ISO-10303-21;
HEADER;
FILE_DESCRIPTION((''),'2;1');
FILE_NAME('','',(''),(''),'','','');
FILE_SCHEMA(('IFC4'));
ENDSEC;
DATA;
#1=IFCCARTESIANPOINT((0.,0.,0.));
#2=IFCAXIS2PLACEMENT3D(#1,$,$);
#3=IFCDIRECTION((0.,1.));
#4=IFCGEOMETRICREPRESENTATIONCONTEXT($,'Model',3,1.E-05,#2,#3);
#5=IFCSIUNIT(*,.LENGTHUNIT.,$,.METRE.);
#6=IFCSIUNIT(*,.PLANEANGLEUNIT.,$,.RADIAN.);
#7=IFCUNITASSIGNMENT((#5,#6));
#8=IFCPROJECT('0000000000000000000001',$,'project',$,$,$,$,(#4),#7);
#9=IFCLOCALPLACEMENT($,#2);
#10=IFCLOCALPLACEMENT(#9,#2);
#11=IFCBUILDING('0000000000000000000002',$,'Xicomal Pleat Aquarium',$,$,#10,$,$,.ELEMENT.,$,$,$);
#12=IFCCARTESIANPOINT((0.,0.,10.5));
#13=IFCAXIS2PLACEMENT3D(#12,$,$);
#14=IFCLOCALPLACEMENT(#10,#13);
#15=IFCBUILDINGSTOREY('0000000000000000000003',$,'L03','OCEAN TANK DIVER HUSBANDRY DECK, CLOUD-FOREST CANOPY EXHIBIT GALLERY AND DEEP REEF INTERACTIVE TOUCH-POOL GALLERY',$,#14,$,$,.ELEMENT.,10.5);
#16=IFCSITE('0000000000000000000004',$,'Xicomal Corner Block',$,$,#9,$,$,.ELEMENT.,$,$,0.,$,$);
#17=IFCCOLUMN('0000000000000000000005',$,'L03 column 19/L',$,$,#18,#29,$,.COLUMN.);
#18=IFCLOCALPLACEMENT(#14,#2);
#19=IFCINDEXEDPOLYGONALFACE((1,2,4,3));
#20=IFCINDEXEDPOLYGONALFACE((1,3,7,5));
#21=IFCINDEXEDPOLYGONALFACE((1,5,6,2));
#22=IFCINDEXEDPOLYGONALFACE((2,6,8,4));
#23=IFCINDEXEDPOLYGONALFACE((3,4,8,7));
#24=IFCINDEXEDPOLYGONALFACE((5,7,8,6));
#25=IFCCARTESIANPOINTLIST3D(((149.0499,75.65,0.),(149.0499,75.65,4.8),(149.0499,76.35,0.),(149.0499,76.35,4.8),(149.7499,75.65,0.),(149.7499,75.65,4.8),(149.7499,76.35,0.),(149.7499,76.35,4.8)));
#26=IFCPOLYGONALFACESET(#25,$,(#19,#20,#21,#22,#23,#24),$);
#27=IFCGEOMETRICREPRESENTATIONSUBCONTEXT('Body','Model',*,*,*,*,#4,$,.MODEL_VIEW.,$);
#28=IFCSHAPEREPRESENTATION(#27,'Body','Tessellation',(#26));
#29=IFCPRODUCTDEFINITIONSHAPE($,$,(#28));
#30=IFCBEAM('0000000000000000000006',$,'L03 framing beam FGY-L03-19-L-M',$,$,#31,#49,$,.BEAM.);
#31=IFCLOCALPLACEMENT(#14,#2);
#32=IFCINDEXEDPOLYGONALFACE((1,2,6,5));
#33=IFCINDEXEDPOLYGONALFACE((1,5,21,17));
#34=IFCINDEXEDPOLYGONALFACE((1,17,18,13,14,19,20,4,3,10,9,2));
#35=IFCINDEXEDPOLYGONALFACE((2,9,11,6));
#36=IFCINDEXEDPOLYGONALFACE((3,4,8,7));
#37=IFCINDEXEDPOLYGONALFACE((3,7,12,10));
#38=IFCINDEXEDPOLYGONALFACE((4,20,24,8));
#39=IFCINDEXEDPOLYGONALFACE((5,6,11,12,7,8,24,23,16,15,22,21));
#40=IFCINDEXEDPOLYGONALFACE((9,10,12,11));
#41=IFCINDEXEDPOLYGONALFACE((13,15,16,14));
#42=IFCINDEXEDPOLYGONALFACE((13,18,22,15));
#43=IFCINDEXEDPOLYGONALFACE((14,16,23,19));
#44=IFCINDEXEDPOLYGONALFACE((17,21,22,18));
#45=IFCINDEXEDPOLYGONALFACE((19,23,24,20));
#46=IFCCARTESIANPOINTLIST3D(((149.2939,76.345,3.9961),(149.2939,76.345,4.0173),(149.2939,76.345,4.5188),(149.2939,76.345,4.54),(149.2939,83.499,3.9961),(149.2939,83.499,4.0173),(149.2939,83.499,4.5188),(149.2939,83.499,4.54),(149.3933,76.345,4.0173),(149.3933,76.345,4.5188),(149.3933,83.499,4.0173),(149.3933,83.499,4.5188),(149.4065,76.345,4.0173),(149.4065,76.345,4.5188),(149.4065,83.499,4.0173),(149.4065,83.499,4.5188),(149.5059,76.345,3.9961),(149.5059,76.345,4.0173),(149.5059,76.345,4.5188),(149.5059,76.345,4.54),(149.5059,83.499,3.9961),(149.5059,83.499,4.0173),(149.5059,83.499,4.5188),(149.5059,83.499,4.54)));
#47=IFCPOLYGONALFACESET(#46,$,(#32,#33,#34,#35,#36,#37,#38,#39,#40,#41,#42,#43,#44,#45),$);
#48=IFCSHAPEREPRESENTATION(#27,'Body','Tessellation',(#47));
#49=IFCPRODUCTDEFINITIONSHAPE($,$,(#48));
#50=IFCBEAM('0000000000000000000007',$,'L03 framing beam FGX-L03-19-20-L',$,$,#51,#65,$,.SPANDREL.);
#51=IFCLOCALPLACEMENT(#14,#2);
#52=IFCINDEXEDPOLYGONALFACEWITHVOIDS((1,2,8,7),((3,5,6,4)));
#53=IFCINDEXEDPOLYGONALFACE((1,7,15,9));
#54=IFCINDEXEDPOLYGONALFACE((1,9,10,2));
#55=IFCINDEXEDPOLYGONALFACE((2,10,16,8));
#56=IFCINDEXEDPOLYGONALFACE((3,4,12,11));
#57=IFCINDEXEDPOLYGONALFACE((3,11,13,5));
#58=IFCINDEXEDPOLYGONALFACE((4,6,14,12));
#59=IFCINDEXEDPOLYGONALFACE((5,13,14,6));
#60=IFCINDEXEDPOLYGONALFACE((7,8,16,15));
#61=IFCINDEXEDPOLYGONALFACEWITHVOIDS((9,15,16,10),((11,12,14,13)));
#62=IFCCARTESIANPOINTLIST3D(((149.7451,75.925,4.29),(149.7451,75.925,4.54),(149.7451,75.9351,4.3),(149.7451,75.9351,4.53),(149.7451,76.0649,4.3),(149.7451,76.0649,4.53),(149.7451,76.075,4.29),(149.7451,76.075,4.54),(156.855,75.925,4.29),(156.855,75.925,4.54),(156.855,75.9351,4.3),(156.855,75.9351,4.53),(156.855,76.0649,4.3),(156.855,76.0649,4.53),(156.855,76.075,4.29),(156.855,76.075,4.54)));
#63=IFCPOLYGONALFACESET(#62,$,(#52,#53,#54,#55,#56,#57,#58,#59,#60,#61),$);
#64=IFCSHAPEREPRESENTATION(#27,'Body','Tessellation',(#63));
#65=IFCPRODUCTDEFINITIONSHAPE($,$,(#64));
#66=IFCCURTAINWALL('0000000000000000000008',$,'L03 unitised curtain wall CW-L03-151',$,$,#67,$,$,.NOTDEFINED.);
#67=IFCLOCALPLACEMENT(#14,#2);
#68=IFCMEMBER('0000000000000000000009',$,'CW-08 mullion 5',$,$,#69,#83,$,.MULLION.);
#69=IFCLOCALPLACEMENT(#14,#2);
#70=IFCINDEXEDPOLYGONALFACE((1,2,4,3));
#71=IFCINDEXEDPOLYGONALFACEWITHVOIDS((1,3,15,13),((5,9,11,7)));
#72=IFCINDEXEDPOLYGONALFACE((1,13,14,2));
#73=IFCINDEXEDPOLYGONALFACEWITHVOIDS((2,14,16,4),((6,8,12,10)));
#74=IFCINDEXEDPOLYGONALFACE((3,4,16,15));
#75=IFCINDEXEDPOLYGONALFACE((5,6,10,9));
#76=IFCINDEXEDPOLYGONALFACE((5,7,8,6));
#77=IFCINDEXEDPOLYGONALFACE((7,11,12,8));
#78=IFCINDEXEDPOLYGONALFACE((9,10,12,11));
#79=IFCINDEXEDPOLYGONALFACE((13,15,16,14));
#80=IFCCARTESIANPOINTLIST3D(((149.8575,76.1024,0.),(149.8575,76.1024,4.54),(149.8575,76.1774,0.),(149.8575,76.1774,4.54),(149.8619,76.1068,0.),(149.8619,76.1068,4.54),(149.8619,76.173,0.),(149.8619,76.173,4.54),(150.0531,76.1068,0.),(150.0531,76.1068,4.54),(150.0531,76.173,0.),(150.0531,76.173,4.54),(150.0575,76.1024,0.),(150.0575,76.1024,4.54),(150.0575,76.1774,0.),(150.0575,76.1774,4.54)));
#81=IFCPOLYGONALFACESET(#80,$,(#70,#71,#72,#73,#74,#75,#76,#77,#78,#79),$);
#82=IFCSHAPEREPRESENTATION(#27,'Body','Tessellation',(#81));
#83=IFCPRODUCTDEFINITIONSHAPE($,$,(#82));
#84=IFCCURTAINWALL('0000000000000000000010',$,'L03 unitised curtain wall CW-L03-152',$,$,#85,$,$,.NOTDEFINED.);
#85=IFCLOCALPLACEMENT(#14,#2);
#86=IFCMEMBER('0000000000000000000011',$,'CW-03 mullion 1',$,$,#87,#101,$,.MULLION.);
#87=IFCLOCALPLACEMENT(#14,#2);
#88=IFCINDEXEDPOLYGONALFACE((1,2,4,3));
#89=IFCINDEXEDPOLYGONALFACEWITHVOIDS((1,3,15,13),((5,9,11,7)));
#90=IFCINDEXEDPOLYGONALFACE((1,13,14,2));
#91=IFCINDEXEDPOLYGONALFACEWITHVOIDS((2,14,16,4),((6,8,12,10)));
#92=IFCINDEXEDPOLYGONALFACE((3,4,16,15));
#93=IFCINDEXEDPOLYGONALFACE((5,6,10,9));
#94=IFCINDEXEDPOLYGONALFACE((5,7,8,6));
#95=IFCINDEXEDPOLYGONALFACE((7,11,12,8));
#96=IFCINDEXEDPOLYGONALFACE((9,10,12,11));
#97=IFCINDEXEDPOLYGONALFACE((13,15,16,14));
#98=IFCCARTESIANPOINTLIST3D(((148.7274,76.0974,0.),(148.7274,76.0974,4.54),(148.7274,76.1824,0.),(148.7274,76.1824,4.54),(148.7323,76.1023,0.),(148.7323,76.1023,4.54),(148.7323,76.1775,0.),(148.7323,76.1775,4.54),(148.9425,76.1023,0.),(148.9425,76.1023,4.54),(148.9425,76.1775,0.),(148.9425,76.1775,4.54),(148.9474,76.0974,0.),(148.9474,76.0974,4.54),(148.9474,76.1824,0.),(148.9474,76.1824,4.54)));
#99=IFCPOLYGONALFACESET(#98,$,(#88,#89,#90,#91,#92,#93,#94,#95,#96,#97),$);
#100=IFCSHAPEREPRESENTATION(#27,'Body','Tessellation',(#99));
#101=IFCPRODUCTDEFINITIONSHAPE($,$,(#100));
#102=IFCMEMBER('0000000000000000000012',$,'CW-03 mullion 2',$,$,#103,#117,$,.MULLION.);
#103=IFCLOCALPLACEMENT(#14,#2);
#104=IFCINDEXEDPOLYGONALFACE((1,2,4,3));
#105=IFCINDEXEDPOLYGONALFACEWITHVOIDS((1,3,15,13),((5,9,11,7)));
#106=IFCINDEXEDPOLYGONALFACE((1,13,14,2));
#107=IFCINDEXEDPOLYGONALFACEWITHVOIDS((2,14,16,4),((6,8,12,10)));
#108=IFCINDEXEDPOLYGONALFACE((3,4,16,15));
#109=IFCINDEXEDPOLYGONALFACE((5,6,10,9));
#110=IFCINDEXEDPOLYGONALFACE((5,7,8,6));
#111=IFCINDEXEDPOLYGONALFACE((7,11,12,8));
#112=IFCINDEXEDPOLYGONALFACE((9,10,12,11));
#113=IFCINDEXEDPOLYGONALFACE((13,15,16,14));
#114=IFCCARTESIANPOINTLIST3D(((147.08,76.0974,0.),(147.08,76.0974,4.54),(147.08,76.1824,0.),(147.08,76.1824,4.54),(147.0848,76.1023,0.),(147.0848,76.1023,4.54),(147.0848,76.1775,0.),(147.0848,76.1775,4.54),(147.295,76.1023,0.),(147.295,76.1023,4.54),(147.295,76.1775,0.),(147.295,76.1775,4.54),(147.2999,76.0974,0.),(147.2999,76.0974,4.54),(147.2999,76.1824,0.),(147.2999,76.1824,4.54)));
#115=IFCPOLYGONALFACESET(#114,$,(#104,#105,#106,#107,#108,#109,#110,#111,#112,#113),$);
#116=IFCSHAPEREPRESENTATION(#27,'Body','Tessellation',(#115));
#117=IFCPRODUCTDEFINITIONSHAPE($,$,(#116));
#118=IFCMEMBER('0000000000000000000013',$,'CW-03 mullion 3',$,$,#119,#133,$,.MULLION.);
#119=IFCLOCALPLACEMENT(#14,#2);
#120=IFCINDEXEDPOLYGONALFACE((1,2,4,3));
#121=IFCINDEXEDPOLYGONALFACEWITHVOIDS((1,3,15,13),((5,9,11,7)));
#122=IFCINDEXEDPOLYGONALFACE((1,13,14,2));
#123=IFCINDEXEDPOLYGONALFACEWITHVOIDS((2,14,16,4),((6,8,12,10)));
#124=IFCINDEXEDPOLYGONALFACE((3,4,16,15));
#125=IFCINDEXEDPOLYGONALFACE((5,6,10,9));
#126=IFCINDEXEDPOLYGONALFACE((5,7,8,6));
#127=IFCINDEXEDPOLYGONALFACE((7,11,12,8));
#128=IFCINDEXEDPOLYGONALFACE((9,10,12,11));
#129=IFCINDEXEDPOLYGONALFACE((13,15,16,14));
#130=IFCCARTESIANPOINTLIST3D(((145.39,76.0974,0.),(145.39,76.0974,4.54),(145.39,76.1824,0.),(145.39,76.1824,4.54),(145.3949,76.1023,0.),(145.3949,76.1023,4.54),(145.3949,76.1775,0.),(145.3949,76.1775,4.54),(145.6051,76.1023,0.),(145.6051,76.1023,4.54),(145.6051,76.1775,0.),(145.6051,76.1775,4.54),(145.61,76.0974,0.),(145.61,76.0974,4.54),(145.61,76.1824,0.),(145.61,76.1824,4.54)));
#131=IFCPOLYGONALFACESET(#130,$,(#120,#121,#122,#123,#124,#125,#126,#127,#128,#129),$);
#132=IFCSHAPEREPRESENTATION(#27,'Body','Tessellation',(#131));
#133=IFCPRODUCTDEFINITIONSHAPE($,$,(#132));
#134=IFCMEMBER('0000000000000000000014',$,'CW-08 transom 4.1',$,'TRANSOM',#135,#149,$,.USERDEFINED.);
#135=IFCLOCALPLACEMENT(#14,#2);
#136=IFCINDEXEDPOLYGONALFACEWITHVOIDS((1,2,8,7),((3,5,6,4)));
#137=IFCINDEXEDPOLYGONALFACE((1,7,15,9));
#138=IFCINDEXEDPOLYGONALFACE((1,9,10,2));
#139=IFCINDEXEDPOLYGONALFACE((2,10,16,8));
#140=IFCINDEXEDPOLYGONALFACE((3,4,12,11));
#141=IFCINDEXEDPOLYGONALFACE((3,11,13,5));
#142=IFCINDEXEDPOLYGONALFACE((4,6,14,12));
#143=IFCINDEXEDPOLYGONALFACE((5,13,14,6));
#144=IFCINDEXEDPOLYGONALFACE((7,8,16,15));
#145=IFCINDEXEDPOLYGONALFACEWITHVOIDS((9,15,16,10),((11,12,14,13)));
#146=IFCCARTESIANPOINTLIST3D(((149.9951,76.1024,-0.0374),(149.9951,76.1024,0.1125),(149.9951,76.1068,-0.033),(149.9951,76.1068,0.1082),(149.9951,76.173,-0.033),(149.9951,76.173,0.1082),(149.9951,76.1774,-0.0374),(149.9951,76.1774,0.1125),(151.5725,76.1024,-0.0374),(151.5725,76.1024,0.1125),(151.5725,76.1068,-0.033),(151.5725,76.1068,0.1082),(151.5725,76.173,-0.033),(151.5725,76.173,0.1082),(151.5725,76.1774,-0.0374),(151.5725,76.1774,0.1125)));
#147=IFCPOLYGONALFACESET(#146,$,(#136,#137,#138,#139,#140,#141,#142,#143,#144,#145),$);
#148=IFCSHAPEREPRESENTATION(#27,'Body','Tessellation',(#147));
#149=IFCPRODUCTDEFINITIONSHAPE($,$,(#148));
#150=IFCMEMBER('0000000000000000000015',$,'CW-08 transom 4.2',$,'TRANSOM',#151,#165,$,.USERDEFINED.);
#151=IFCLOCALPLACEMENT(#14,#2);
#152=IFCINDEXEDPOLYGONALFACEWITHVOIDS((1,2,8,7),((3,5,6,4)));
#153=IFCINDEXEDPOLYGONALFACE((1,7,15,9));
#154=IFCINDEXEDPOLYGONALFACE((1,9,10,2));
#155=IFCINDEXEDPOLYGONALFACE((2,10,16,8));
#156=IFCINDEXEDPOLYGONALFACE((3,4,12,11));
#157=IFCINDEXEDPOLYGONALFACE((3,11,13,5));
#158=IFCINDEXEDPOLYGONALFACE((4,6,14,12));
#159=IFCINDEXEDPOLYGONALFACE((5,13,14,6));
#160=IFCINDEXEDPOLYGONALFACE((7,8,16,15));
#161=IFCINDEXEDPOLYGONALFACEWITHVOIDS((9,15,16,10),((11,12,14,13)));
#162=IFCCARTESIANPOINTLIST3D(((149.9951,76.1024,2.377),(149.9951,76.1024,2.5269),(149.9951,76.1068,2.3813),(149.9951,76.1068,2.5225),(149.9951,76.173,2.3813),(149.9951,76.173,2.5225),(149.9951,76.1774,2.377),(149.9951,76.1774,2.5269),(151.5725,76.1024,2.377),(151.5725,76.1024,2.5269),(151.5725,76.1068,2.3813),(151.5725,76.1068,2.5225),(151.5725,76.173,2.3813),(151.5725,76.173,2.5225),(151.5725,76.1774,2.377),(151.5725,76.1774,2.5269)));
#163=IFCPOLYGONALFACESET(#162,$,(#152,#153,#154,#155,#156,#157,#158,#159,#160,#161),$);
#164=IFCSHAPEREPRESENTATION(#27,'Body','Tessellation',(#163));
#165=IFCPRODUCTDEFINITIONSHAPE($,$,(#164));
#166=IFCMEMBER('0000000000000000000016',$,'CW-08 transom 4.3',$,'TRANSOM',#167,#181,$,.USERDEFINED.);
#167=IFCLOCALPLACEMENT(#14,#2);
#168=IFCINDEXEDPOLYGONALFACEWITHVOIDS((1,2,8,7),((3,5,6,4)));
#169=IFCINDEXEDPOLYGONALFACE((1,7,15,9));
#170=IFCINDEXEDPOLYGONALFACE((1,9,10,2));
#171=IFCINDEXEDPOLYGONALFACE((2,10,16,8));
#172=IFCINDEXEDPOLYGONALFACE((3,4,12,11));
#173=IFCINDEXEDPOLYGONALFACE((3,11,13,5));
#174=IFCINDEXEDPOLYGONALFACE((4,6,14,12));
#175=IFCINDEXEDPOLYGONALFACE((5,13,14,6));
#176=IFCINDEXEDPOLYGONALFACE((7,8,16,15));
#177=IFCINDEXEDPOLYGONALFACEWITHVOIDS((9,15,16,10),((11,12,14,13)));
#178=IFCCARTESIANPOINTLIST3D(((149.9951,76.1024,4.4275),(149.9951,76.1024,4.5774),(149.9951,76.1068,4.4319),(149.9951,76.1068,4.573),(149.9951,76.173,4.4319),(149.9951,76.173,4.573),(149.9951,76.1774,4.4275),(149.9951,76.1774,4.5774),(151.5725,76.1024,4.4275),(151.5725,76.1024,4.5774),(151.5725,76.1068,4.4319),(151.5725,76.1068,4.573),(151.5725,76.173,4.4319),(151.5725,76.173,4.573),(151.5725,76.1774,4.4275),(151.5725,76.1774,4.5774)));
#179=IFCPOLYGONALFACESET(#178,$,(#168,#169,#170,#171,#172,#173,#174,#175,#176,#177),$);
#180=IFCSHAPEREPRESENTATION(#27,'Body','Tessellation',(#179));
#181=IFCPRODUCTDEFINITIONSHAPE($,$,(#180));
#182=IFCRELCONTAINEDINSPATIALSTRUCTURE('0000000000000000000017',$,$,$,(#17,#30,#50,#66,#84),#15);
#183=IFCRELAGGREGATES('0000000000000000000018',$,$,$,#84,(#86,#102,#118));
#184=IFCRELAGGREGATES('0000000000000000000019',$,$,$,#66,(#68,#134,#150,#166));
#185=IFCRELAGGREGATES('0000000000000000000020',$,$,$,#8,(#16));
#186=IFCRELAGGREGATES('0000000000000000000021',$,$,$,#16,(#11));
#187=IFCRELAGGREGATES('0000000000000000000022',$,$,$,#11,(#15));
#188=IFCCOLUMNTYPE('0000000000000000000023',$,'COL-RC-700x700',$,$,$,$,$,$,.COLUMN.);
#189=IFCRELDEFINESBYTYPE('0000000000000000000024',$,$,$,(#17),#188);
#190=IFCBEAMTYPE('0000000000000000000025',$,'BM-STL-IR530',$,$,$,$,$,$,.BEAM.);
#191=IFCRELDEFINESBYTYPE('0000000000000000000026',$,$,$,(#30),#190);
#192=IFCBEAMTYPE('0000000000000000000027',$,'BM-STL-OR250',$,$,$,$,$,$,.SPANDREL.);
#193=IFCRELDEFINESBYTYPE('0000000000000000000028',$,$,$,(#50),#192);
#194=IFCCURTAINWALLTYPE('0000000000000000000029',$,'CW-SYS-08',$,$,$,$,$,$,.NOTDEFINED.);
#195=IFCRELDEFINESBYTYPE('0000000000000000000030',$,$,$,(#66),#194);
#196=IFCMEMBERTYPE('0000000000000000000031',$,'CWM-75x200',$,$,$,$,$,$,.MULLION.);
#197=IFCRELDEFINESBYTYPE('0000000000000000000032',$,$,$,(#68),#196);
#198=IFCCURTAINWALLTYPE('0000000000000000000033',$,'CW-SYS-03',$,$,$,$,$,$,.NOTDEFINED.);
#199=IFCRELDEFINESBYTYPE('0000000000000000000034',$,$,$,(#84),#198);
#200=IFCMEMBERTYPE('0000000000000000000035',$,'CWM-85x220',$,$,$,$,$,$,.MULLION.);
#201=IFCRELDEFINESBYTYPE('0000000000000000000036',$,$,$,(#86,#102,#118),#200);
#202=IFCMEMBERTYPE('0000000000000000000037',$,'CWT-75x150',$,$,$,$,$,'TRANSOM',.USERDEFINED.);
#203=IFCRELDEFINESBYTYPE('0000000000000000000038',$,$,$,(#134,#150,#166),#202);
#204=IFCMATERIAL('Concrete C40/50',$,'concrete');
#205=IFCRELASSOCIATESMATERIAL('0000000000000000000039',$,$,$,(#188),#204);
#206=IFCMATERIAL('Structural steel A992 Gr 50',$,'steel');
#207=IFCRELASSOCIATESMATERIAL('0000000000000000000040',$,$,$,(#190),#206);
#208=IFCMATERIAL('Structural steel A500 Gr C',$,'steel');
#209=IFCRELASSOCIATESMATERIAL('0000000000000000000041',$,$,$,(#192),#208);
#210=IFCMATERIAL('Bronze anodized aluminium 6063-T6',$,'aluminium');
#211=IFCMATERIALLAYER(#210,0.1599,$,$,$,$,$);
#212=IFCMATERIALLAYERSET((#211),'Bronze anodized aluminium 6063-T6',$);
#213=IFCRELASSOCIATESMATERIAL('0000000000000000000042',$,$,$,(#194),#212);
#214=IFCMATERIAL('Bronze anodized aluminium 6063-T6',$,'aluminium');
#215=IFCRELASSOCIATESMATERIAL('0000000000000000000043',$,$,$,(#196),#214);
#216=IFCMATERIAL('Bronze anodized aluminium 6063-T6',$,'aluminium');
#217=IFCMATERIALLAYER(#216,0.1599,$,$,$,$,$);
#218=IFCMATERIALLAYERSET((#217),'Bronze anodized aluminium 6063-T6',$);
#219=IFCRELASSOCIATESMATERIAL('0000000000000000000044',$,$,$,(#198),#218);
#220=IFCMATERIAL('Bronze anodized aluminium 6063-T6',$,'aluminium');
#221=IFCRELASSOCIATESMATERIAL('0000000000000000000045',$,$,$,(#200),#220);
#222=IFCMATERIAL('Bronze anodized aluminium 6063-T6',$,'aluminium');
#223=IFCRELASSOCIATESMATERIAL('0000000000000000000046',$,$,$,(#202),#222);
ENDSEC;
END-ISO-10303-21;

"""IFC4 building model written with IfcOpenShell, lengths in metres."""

from ifc_helpers import new_model, si_unit, direction, frame, origin, origin_2d, place, context, subcontext, project, spatial, rectangle, hollow_rectangle, i_section, extrude, material, layer, layer_set, material_profile, profile_set, type_object, element, aggregate, save


model = new_model("IFC4")

# Units and contexts
model_context = context("Model", 3, precision=1e-05, world=origin(), true_north=direction((0.0, 1.0)))
body_context = subcontext(model_context, "Body", "Model", "MODEL_VIEW")
ifc_project = project(units=[si_unit("LENGTHUNIT", "METRE"), si_unit("PLANEANGLEUNIT", "RADIAN")], contexts=[model_context])

# Site, building, storey
site_placement = place(None, origin())
site = spatial("IfcSite", under=ifc_project, at=site_placement, Name="Xicomal Corner Block", CompositionType="ELEMENT", RefElevation=0.0)
building_placement = place(site_placement, origin())
building = spatial("IfcBuilding", under=site, at=building_placement, Name="Xicomal Pleat Aquarium", CompositionType="ELEMENT")
storey_placement = place(building_placement, frame((0.0, 0.0, 10.5)))
storey = spatial("IfcBuildingStorey", under=building, at=storey_placement, Name="L03", Description="OCEAN TANK DIVER HUSBANDRY DECK, CLOUD-FOREST CANOPY EXHIBIT GALLERY AND DEEP REEF INTERACTIVE TOUCH-POOL GALLERY", CompositionType="ELEMENT", Elevation=10.5)

# Column
ifc_material_1 = material(Name="Concrete C40/50", Category="concrete")
ifc_material_profile_1 = material_profile(ifc_material_1, rectangle(XDim=0.7, YDim=0.7, at=origin_2d()), Name="RC 700x700")
ifc_profile_set_1 = profile_set([ifc_material_profile_1], Name="Concrete C40/50")
column_type = type_object("IfcColumnType", Name="COL-RC-700x700", PredefinedType="COLUMN", material=ifc_profile_set_1)
column_placement = place(storey_placement, frame((149.3999, 76.0, 0.0), z_axis=(0.0, 0.0, 1.0), x_axis=(1.0, 0.0, 0.0)))
element("IfcColumn", 1, at=column_placement, inside=storey, type_object=column_type, Name="L03 column 19/L", PredefinedType="COLUMN", context=body_context, shape_type="SweptSolid", body=[
    extrude(rectangle(XDim=0.7, YDim=0.7, at=origin_2d()), origin(), (0.0, 0.0, 1.0), 4.8),
])

# Beams
ifc_material_2 = material(Name="Structural steel A992 Gr 50", Category="steel")
ifc_material_profile_2 = material_profile(ifc_material_2, i_section(OverallWidth=0.2119, OverallDepth=0.5439, WebThickness=0.0132, FlangeThickness=0.0212, at=origin_2d()), Name="IR 530x123")
ifc_profile_set_2 = profile_set([ifc_material_profile_2], Name="Structural steel A992 Gr 50")
beam_type_1 = type_object("IfcBeamType", Name="BM-STL-IR530", PredefinedType="BEAM", material=ifc_profile_set_2)
beam_1_placement = place(storey_placement, frame((149.3999, 76.345, 4.2681), z_axis=(0.0, 1.0, 0.0), x_axis=(-1.0, 0.0, 0.0)))
element("IfcBeam", 2, at=beam_1_placement, inside=storey, type_object=beam_type_1, Name="L03 framing beam FGY-L03-19-L-M", PredefinedType="BEAM", context=body_context, shape_type="SweptSolid", body=[
    extrude(i_section(OverallWidth=0.2119, OverallDepth=0.5439, WebThickness=0.0132, FlangeThickness=0.0212, at=origin_2d()), origin(), (0.0, 0.0, 1.0), 7.1541),
])
ifc_material_3 = material(Name="Structural steel A500 Gr C", Category="steel")
ifc_material_profile_3 = material_profile(ifc_material_3, hollow_rectangle(XDim=0.1499, YDim=0.25, WallThickness=0.01, at=origin_2d()), Name="OR 250x150x10")
ifc_profile_set_3 = profile_set([ifc_material_profile_3], Name="Structural steel A500 Gr C")
beam_type_2 = type_object("IfcBeamType", Name="BM-STL-OR250", PredefinedType="SPANDREL", material=ifc_profile_set_3)
beam_2_placement = place(storey_placement, frame((149.7451, 76.0, 4.415), z_axis=(1.0, 0.0, 0.0), x_axis=(0.0, 1.0, 0.0)))
element("IfcBeam", 3, at=beam_2_placement, inside=storey, type_object=beam_type_2, Name="L03 framing beam FGX-L03-19-20-L", PredefinedType="SPANDREL", context=body_context, shape_type="SweptSolid", body=[
    extrude(hollow_rectangle(XDim=0.1499, YDim=0.25, WallThickness=0.01, at=origin_2d()), origin(), (0.0, 0.0, 1.0), 7.1099),
])

# Curtain wall, member
ifc_material_4 = material(Name="Bronze anodized aluminium 6063-T6", Category="aluminium")
ifc_layer_1 = layer(ifc_material_4, 0.1599)
ifc_layer_set_1 = layer_set([ifc_layer_1], Name="Bronze anodized aluminium 6063-T6")
curtain_wall_type_1 = type_object("IfcCurtainWallType", Name="CW-SYS-08", PredefinedType="NOTDEFINED", material=ifc_layer_set_1)
curtain_wall_1_placement = place(storey_placement, origin())
curtain_wall_1 = element("IfcCurtainWall", 4, at=curtain_wall_1_placement, inside=storey, type_object=curtain_wall_type_1, Name="L03 unitised curtain wall CW-L03-151", PredefinedType="NOTDEFINED")
ifc_material_5 = material(Name="Bronze anodized aluminium 6063-T6", Category="aluminium")
ifc_material_profile_4 = material_profile(ifc_material_5, hollow_rectangle(XDim=0.075, YDim=0.2, WallThickness=0.0044, at=origin_2d()), Name="ALU MULL 75x200")
ifc_profile_set_4 = profile_set([ifc_material_profile_4], Name="Bronze anodized aluminium 6063-T6")
member_type_1 = type_object("IfcMemberType", Name="CWM-75x200", PredefinedType="MULLION", material=ifc_profile_set_4)
member_1_placement = place(storey_placement, frame((149.9575, 76.1399, 0.0), z_axis=(0.0, 0.0, 1.0), x_axis=(0.0, -1.0, 0.0)))
member_1 = element("IfcMember", 5, at=member_1_placement, type_object=member_type_1, Name="CW-08 mullion 5", PredefinedType="MULLION", context=body_context, shape_type="SweptSolid", body=[
    extrude(hollow_rectangle(XDim=0.075, YDim=0.2, WallThickness=0.0044, at=origin_2d()), origin(), (0.0, 0.0, 1.0), 4.54),
])

# Curtain wall, members
ifc_material_6 = material(Name="Bronze anodized aluminium 6063-T6", Category="aluminium")
ifc_layer_2 = layer(ifc_material_6, 0.1599)
ifc_layer_set_2 = layer_set([ifc_layer_2], Name="Bronze anodized aluminium 6063-T6")
curtain_wall_type_2 = type_object("IfcCurtainWallType", Name="CW-SYS-03", PredefinedType="NOTDEFINED", material=ifc_layer_set_2)
curtain_wall_2_placement = place(storey_placement, origin())
curtain_wall_2 = element("IfcCurtainWall", 6, at=curtain_wall_2_placement, inside=storey, type_object=curtain_wall_type_2, Name="L03 unitised curtain wall CW-L03-152", PredefinedType="NOTDEFINED")
ifc_material_7 = material(Name="Bronze anodized aluminium 6063-T6", Category="aluminium")
ifc_material_profile_5 = material_profile(ifc_material_7, hollow_rectangle(XDim=0.085, YDim=0.22, WallThickness=0.0049, at=origin_2d()), Name="ALU MULL 85x220")
ifc_profile_set_5 = profile_set([ifc_material_profile_5], Name="Bronze anodized aluminium 6063-T6")
member_type_2 = type_object("IfcMemberType", Name="CWM-85x220", PredefinedType="MULLION", material=ifc_profile_set_5)
member_2_placement = place(storey_placement, frame((148.8374, 76.1399, 0.0), z_axis=(0.0, 0.0, 1.0), x_axis=(0.0, -1.0, 0.0)))
member_2 = element("IfcMember", 7, at=member_2_placement, type_object=member_type_2, Name="CW-03 mullion 1", PredefinedType="MULLION", context=body_context, shape_type="SweptSolid", body=[
    extrude(hollow_rectangle(XDim=0.085, YDim=0.22, WallThickness=0.0049, at=origin_2d()), origin(), (0.0, 0.0, 1.0), 4.54),
])
member_3_placement = place(storey_placement, frame((147.1899, 76.1399, 0.0), z_axis=(0.0, 0.0, 1.0), x_axis=(0.0, -1.0, 0.0)))
member_3 = element("IfcMember", 8, at=member_3_placement, type_object=member_type_2, Name="CW-03 mullion 2", PredefinedType="MULLION", context=body_context, shape_type="SweptSolid", body=[
    extrude(hollow_rectangle(XDim=0.085, YDim=0.22, WallThickness=0.0049, at=origin_2d()), origin(), (0.0, 0.0, 1.0), 4.54),
])
member_4_placement = place(storey_placement, frame((145.5, 76.1399, 0.0), z_axis=(0.0, 0.0, 1.0), x_axis=(0.0, -1.0, 0.0)))
member_4 = element("IfcMember", 9, at=member_4_placement, type_object=member_type_2, Name="CW-03 mullion 3", PredefinedType="MULLION", context=body_context, shape_type="SweptSolid", body=[
    extrude(hollow_rectangle(XDim=0.085, YDim=0.22, WallThickness=0.0049, at=origin_2d()), origin(), (0.0, 0.0, 1.0), 4.54),
])

# Members
ifc_material_8 = material(Name="Bronze anodized aluminium 6063-T6", Category="aluminium")
ifc_material_profile_6 = material_profile(ifc_material_8, hollow_rectangle(XDim=0.075, YDim=0.1499, WallThickness=0.0044, at=origin_2d()), Name="ALU TRAN 75x150")
ifc_profile_set_6 = profile_set([ifc_material_profile_6], Name="Bronze anodized aluminium 6063-T6")
member_type_3 = type_object("IfcMemberType", Name="CWT-75x150", ElementType="TRANSOM", PredefinedType="USERDEFINED", material=ifc_profile_set_6)
member_5_placement = place(storey_placement, frame((151.5725, 76.1399, 0.0376), z_axis=(-1.0, 0.0, 0.0), x_axis=(0.0, -1.0, 0.0)))
member_5 = element("IfcMember", 10, at=member_5_placement, type_object=member_type_3, Name="CW-08 transom 4.1", ObjectType="TRANSOM", PredefinedType="USERDEFINED", context=body_context, shape_type="SweptSolid", body=[
    extrude(hollow_rectangle(XDim=0.075, YDim=0.1499, WallThickness=0.0044, at=origin_2d()), origin(), (0.0, 0.0, 1.0), 1.5774),
])
member_6_placement = place(storey_placement, frame((151.5725, 76.1399, 2.4519), z_axis=(-1.0, 0.0, 0.0), x_axis=(0.0, -1.0, 0.0)))
member_6 = element("IfcMember", 11, at=member_6_placement, type_object=member_type_3, Name="CW-08 transom 4.2", ObjectType="TRANSOM", PredefinedType="USERDEFINED", context=body_context, shape_type="SweptSolid", body=[
    extrude(hollow_rectangle(XDim=0.075, YDim=0.1499, WallThickness=0.0044, at=origin_2d()), origin(), (0.0, 0.0, 1.0), 1.5774),
])
member_7_placement = place(storey_placement, frame((151.5725, 76.1399, 4.5024), z_axis=(-1.0, 0.0, 0.0), x_axis=(0.0, -1.0, 0.0)))
member_7 = element("IfcMember", 12, at=member_7_placement, type_object=member_type_3, Name="CW-08 transom 4.3", ObjectType="TRANSOM", PredefinedType="USERDEFINED", context=body_context, shape_type="SweptSolid", body=[
    extrude(hollow_rectangle(XDim=0.075, YDim=0.1499, WallThickness=0.0044, at=origin_2d()), origin(), (0.0, 0.0, 1.0), 1.5774),
])

aggregate(curtain_wall_2, [member_2, member_3, member_4])
aggregate(curtain_wall_1, [member_1, member_5, member_6, member_7])

save(model, "model.ifc")
